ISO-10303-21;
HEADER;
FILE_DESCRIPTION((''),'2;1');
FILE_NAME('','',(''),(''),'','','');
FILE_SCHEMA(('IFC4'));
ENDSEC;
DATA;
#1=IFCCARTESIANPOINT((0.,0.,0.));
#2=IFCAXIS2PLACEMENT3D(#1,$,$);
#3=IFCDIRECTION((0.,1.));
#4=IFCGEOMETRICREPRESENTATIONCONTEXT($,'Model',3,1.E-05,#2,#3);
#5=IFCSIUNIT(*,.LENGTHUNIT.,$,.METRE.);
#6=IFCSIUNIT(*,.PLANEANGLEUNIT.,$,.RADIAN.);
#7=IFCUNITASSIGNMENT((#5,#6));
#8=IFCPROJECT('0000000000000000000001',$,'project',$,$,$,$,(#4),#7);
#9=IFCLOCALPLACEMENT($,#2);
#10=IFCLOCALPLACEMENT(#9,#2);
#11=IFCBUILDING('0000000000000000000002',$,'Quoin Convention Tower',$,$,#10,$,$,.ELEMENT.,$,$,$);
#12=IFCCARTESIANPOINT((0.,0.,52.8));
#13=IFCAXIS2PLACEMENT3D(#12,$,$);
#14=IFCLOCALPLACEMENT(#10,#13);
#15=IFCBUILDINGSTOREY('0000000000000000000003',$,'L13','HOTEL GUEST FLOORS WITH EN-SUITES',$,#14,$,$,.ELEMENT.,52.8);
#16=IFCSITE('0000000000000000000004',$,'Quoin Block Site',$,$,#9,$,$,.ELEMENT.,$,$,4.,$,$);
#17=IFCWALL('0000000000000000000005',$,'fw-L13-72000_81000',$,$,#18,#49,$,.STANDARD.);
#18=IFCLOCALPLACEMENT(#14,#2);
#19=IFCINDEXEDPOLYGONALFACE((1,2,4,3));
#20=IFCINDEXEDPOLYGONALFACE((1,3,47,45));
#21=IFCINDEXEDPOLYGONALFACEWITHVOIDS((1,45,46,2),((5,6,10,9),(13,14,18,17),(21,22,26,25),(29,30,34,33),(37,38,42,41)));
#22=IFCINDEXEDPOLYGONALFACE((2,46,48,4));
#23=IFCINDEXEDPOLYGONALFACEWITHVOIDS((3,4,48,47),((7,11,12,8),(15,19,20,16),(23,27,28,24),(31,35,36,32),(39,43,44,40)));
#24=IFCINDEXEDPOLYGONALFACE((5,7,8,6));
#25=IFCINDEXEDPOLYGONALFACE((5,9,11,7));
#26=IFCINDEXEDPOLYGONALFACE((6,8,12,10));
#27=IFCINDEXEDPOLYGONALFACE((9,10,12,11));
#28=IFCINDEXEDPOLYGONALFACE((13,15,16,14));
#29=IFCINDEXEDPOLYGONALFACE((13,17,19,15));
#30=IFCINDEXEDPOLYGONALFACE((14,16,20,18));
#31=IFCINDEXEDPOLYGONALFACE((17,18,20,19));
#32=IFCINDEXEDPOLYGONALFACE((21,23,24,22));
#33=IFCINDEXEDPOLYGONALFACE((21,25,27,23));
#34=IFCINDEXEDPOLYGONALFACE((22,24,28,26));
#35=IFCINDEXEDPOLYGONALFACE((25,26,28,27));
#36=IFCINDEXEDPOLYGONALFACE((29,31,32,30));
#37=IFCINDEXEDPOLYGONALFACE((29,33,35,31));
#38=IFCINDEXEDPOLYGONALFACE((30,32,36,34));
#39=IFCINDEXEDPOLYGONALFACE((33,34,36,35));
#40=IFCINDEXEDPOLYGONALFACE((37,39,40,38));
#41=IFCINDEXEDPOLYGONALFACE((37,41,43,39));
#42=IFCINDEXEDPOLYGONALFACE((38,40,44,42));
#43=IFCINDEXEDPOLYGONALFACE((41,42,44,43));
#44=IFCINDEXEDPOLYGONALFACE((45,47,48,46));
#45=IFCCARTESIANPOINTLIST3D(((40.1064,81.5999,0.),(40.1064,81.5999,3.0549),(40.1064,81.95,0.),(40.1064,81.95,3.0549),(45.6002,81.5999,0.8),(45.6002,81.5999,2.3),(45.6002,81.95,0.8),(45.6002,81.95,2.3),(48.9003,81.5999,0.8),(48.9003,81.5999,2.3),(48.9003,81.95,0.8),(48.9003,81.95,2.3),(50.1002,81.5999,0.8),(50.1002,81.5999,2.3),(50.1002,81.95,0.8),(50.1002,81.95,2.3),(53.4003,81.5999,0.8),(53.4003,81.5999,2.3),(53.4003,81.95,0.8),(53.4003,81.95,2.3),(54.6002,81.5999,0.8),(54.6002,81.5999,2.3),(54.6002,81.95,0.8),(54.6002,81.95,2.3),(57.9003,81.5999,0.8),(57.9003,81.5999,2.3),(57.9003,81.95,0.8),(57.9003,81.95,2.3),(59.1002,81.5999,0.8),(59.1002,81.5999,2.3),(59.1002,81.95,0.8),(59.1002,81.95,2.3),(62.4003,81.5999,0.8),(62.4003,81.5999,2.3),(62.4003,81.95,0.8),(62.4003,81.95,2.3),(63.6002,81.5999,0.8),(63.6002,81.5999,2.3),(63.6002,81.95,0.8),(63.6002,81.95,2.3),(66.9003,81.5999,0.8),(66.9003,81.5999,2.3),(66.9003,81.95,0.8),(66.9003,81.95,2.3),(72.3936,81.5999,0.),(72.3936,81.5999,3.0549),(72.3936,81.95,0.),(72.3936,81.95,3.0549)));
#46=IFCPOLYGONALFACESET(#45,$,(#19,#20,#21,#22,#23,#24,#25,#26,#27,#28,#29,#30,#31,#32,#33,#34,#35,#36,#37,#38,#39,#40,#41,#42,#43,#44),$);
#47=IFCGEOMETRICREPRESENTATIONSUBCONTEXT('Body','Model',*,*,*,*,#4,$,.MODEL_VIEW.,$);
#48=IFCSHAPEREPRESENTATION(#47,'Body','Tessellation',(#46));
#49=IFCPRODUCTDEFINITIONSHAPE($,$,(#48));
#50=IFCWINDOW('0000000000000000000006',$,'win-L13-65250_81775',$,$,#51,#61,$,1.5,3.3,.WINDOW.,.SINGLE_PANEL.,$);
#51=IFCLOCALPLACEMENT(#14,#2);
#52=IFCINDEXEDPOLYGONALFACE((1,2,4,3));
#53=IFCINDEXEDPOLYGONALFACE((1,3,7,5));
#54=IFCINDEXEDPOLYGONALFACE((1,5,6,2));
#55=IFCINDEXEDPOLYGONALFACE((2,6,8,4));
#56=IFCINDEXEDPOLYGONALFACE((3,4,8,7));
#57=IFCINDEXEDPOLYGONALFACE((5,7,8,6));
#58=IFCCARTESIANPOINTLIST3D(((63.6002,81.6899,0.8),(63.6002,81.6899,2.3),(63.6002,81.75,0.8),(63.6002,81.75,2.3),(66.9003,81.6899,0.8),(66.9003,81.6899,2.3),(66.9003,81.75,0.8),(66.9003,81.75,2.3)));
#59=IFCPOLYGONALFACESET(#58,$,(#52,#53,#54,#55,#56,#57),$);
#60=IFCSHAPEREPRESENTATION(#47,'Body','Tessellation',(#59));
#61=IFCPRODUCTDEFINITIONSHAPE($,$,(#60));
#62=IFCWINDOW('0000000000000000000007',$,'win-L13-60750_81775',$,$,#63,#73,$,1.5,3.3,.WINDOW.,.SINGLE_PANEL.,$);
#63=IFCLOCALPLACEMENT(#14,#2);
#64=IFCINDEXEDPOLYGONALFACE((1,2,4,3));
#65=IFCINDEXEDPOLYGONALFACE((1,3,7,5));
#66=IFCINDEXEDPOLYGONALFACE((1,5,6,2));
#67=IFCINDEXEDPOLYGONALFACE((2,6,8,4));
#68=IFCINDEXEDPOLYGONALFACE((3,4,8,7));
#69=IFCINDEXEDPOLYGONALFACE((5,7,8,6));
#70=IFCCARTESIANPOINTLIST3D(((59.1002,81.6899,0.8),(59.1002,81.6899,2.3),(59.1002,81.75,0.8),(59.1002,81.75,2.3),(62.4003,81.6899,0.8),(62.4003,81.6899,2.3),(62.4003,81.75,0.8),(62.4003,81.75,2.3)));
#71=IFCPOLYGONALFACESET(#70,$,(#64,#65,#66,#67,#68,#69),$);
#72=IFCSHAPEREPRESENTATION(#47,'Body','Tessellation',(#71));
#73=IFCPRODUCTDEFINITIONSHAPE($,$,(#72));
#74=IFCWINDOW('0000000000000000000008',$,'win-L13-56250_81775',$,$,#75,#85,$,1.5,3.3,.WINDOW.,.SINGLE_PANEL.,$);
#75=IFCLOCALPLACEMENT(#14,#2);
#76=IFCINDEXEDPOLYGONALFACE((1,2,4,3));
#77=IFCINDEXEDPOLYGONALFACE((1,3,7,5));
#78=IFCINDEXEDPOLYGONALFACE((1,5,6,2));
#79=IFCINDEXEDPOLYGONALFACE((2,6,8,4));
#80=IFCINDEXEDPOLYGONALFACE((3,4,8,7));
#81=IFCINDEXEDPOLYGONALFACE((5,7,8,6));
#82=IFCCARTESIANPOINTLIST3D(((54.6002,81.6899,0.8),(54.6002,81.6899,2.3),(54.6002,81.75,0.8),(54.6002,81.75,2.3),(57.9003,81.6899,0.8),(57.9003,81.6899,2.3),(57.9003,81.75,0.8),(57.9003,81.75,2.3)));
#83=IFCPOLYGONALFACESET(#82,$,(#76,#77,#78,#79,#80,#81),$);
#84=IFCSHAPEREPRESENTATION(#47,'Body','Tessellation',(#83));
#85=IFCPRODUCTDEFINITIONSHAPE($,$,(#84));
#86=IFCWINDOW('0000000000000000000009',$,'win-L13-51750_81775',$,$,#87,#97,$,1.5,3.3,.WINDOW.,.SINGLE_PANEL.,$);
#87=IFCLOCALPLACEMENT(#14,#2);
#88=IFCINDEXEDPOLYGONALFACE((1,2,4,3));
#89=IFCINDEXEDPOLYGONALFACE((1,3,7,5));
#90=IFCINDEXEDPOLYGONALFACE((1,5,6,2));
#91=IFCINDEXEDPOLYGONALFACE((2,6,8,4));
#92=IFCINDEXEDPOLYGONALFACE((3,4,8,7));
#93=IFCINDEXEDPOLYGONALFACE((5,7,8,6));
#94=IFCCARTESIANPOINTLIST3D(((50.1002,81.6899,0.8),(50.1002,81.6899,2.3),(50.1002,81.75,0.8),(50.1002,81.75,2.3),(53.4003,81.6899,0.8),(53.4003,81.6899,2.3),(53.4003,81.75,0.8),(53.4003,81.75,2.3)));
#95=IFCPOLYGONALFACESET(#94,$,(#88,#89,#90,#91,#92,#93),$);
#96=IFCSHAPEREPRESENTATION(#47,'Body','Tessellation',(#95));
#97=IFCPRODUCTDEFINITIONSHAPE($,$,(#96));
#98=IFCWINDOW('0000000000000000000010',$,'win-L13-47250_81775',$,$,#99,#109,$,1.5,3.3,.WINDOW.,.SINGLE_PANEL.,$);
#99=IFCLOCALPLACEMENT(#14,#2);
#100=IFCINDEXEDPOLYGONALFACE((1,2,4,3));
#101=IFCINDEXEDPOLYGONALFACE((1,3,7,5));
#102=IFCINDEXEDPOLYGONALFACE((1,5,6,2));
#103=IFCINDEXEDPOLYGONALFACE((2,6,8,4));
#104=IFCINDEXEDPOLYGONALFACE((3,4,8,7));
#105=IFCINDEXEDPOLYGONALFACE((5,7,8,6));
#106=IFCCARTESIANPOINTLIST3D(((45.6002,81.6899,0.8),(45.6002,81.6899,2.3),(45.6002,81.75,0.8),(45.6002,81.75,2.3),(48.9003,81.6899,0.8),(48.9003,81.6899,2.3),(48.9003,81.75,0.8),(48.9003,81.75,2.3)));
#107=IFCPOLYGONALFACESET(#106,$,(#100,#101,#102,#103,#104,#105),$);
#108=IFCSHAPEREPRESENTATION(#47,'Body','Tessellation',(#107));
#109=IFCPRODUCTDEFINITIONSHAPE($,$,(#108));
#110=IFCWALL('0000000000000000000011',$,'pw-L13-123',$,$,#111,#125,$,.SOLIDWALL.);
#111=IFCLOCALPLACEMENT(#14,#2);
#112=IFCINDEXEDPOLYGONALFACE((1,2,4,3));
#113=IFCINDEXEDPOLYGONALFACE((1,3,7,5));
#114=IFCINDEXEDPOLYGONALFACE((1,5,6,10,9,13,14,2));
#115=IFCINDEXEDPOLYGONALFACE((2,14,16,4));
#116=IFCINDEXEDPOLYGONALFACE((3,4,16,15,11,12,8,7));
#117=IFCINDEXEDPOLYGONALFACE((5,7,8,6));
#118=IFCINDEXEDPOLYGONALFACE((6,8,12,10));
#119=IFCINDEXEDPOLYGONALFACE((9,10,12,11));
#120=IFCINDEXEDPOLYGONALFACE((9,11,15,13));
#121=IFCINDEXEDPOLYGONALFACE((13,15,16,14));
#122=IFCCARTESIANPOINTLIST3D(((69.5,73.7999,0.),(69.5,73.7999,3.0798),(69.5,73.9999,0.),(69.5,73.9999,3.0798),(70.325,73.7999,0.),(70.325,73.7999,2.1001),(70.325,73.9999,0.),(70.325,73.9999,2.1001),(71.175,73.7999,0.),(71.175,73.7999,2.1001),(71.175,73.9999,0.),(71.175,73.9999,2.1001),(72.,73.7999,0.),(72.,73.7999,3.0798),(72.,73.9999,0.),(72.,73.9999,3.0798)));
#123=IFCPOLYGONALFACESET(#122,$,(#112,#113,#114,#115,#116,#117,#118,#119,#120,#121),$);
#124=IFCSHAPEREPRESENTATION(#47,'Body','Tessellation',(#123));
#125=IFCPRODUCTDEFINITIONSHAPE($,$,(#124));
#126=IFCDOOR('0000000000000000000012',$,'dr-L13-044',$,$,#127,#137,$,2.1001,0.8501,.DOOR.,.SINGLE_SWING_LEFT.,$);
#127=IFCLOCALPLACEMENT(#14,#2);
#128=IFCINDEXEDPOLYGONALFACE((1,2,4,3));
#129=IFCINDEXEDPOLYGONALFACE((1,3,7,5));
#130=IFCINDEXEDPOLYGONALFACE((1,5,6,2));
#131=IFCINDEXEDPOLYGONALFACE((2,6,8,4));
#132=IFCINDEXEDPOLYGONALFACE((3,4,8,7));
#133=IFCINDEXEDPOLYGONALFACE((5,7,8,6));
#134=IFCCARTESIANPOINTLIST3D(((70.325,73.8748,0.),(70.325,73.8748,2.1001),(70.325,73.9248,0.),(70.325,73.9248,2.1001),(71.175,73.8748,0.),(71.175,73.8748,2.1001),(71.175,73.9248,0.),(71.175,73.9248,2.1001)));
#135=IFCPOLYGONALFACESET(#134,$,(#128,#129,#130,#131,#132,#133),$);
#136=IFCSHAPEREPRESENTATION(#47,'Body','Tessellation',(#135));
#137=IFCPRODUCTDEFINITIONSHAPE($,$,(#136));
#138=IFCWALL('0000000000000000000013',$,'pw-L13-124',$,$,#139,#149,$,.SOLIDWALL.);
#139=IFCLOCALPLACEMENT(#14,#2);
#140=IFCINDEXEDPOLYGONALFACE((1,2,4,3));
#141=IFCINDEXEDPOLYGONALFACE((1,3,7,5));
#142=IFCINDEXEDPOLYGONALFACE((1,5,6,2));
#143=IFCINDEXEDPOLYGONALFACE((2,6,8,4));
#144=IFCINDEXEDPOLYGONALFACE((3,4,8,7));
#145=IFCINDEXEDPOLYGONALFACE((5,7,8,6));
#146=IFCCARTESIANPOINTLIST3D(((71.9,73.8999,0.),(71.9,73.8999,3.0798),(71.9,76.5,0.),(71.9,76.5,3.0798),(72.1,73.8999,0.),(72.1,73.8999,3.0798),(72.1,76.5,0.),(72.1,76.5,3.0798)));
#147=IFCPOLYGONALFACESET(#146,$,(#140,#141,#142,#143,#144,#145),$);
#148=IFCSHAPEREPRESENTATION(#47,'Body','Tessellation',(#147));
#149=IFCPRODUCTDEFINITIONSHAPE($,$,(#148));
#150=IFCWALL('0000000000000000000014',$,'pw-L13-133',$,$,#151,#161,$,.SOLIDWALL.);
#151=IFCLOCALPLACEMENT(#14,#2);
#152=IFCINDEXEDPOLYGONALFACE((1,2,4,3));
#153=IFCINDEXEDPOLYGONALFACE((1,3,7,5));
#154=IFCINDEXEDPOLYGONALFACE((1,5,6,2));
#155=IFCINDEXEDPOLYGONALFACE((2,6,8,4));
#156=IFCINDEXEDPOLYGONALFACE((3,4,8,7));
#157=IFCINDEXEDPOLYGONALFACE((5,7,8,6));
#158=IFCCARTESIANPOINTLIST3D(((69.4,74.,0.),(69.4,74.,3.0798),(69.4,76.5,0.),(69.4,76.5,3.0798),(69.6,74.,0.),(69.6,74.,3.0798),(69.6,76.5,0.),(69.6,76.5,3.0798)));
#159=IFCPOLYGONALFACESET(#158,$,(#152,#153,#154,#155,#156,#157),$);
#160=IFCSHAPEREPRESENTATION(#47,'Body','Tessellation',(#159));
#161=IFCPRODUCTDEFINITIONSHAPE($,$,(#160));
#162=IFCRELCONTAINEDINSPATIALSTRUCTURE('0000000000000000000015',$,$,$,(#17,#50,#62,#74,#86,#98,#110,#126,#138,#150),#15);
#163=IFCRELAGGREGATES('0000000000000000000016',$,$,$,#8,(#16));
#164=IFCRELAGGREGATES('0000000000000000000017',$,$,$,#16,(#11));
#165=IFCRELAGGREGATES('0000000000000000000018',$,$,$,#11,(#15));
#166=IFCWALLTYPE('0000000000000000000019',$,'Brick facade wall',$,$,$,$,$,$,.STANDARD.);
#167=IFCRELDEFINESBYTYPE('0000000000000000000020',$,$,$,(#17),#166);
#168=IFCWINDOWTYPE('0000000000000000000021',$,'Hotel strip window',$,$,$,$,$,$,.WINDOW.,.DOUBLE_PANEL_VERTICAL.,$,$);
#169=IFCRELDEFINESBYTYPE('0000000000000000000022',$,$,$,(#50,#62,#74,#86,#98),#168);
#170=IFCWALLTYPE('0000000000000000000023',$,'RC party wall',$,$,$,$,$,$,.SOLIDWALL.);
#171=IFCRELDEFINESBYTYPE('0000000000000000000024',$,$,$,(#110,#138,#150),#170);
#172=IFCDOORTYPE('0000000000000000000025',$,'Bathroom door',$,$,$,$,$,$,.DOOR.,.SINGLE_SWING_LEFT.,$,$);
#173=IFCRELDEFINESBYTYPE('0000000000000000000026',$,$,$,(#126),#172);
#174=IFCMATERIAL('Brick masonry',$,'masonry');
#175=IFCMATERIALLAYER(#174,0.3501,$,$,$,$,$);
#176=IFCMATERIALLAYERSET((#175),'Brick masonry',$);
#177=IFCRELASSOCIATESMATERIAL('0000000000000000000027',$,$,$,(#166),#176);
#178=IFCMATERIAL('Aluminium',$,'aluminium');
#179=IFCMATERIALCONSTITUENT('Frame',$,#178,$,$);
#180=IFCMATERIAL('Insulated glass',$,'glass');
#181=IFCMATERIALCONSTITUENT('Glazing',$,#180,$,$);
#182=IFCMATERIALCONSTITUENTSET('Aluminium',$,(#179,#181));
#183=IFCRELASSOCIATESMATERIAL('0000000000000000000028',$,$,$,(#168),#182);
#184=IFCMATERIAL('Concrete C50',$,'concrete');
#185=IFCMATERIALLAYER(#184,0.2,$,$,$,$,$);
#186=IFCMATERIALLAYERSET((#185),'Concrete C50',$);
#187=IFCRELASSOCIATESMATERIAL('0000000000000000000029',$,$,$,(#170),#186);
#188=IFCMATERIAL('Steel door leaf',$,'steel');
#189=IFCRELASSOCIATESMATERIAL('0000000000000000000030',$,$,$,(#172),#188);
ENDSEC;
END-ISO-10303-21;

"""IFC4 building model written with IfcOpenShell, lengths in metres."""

from ifc_helpers import new_model, si_unit, direction, frame, frame_2d, origin, place, context, subcontext, project, spatial, rectangle, extrude, material, layer, layer_set, constituent, constituent_set, type_object, element, fill, save


model = new_model("IFC4")

# Units and contexts
model_context = context("Model", 3, precision=1e-05, world=origin(), true_north=direction((0.0, 1.0)))
body_context = subcontext(model_context, "Body", "Model", "MODEL_VIEW")
ifc_project = project(units=[si_unit("LENGTHUNIT", "METRE"), si_unit("PLANEANGLEUNIT", "RADIAN")], contexts=[model_context])

# Site, building, storey
site_placement = place(None, origin())
site = spatial("IfcSite", under=ifc_project, at=site_placement, Name="Quoin Block Site", CompositionType="ELEMENT", RefElevation=4.0)
building_placement = place(site_placement, origin())
building = spatial("IfcBuilding", under=site, at=building_placement, Name="Quoin Convention Tower", CompositionType="ELEMENT")
storey_placement = place(building_placement, frame((0.0, 0.0, 52.8)))
storey = spatial("IfcBuildingStorey", under=building, at=storey_placement, Name="L13", Description="HOTEL GUEST FLOORS WITH EN-SUITES", CompositionType="ELEMENT", Elevation=52.8)

# Shared definitions
ifc_material_1 = material(Name="Brick masonry", Category="masonry")
ifc_layer_1 = layer(ifc_material_1, 0.3501)
ifc_layer_set_1 = layer_set([ifc_layer_1], Name="Brick masonry")
wall_type_1 = type_object("IfcWallType", Name="Brick facade wall", PredefinedType="STANDARD", material=ifc_layer_set_1)
ifc_material_2 = material(Name="Aluminium", Category="aluminium")
ifc_constituent_1 = constituent(ifc_material_2, Name="Frame")
ifc_material_3 = material(Name="Insulated glass", Category="glass")
ifc_constituent_2 = constituent(ifc_material_3, Name="Glazing")
ifc_constituent_set = constituent_set(constituents=[ifc_constituent_1, ifc_constituent_2], Name="Aluminium")
window_type = type_object("IfcWindowType", Name="Hotel strip window", PartitioningType="DOUBLE_PANEL_VERTICAL", PredefinedType="WINDOW", material=ifc_constituent_set)

# Wall, openings, windows
wall_1_placement = place(storey_placement, frame((72.3936, 81.7749, 0.0), z_axis=(0.0, 0.0, 1.0), x_axis=(-1.0, 0.0, 0.0)))
wall_1 = element("IfcWall", 1, at=wall_1_placement, inside=storey, type_object=wall_type_1, Name="fw-L13-72000_81000", PredefinedType="STANDARD", context=body_context, shape_type="SweptSolid", body=[
    extrude(rectangle(XDim=32.2871, YDim=0.3501, at=frame_2d((16.1436, 0.0))), origin(), (0.0, 0.0, 1.0), 3.0549),
])
opening_1_placement = place(wall_1_placement, frame((5.4934, 0.0, 0.8)))
opening_1 = element("IfcOpeningElement", 2, at=opening_1_placement, cuts=wall_1, PredefinedType="OPENING", context=body_context, shape_type="SweptSolid", body=[
    extrude(rectangle(XDim=3.3, YDim=1.5, at=frame_2d((1.6499, 0.75))), frame((0.0, 0.1851, 0.0), z_axis=(0.0, -1.0, 0.0), x_axis=(1.0, 0.0, 0.0)), (0.0, 0.0, 1.0), 0.3701),
])
opening_2_placement = place(wall_1_placement, frame((9.9934, 0.0, 0.8)))
opening_2 = element("IfcOpeningElement", 3, at=opening_2_placement, cuts=wall_1, PredefinedType="OPENING", context=body_context, shape_type="SweptSolid", body=[
    extrude(rectangle(XDim=3.3, YDim=1.5, at=frame_2d((1.6499, 0.75))), frame((0.0, 0.1851, 0.0), z_axis=(0.0, -1.0, 0.0), x_axis=(1.0, 0.0, 0.0)), (0.0, 0.0, 1.0), 0.3701),
])
opening_3_placement = place(wall_1_placement, frame((14.4934, 0.0, 0.8)))
opening_3 = element("IfcOpeningElement", 4, at=opening_3_placement, cuts=wall_1, PredefinedType="OPENING", context=body_context, shape_type="SweptSolid", body=[
    extrude(rectangle(XDim=3.3, YDim=1.5, at=frame_2d((1.6499, 0.75))), frame((0.0, 0.1851, 0.0), z_axis=(0.0, -1.0, 0.0), x_axis=(1.0, 0.0, 0.0)), (0.0, 0.0, 1.0), 0.3701),
])
opening_4_placement = place(wall_1_placement, frame((18.9934, 0.0, 0.8)))
opening_4 = element("IfcOpeningElement", 5, at=opening_4_placement, cuts=wall_1, PredefinedType="OPENING", context=body_context, shape_type="SweptSolid", body=[
    extrude(rectangle(XDim=3.3, YDim=1.5, at=frame_2d((1.6499, 0.75))), frame((0.0, 0.1851, 0.0), z_axis=(0.0, -1.0, 0.0), x_axis=(1.0, 0.0, 0.0)), (0.0, 0.0, 1.0), 0.3701),
])
opening_5_placement = place(wall_1_placement, frame((23.4934, 0.0, 0.8)))
opening_5 = element("IfcOpeningElement", 6, at=opening_5_placement, cuts=wall_1, PredefinedType="OPENING", context=body_context, shape_type="SweptSolid", body=[
    extrude(rectangle(XDim=3.3, YDim=1.5, at=frame_2d((1.6499, 0.75))), frame((0.0, 0.1851, 0.0), z_axis=(0.0, -1.0, 0.0), x_axis=(1.0, 0.0, 0.0)), (0.0, 0.0, 1.0), 0.3701),
])
window_1_placement = place(opening_1_placement, origin())
window_1 = element("IfcWindow", 7, at=window_1_placement, inside=storey, type_object=window_type, Name="win-L13-65250_81775", OverallHeight=1.5, OverallWidth=3.3, PartitioningType="SINGLE_PANEL", PredefinedType="WINDOW", context=body_context, shape_type="SweptSolid", body=[
    extrude(rectangle(XDim=3.3, YDim=1.5, at=frame_2d((1.6499, 0.75))), frame((0.0, 0.085, 0.0), z_axis=(0.0, -1.0, 0.0), x_axis=(1.0, 0.0, 0.0)), (0.0, 0.0, 1.0), 0.0601),
])
fill(opening_1, window_1)
window_2_placement = place(opening_2_placement, origin())
window_2 = element("IfcWindow", 8, at=window_2_placement, inside=storey, type_object=window_type, Name="win-L13-60750_81775", OverallHeight=1.5, OverallWidth=3.3, PartitioningType="SINGLE_PANEL", PredefinedType="WINDOW", context=body_context, shape_type="SweptSolid", body=[
    extrude(rectangle(XDim=3.3, YDim=1.5, at=frame_2d((1.6499, 0.75))), frame((0.0, 0.085, 0.0), z_axis=(0.0, -1.0, 0.0), x_axis=(1.0, 0.0, 0.0)), (0.0, 0.0, 1.0), 0.0601),
])
fill(opening_2, window_2)
window_3_placement = place(opening_3_placement, origin())
window_3 = element("IfcWindow", 9, at=window_3_placement, inside=storey, type_object=window_type, Name="win-L13-56250_81775", OverallHeight=1.5, OverallWidth=3.3, PartitioningType="SINGLE_PANEL", PredefinedType="WINDOW", context=body_context, shape_type="SweptSolid", body=[
    extrude(rectangle(XDim=3.3, YDim=1.5, at=frame_2d((1.6499, 0.75))), frame((0.0, 0.085, 0.0), z_axis=(0.0, -1.0, 0.0), x_axis=(1.0, 0.0, 0.0)), (0.0, 0.0, 1.0), 0.0601),
])
fill(opening_3, window_3)
window_4_placement = place(opening_4_placement, origin())
window_4 = element("IfcWindow", 10, at=window_4_placement, inside=storey, type_object=window_type, Name="win-L13-51750_81775", OverallHeight=1.5, OverallWidth=3.3, PartitioningType="SINGLE_PANEL", PredefinedType="WINDOW", context=body_context, shape_type="SweptSolid", body=[
    extrude(rectangle(XDim=3.3, YDim=1.5, at=frame_2d((1.6499, 0.75))), frame((0.0, 0.085, 0.0), z_axis=(0.0, -1.0, 0.0), x_axis=(1.0, 0.0, 0.0)), (0.0, 0.0, 1.0), 0.0601),
])
fill(opening_4, window_4)
window_5_placement = place(opening_5_placement, origin())
window_5 = element("IfcWindow", 11, at=window_5_placement, inside=storey, type_object=window_type, Name="win-L13-47250_81775", OverallHeight=1.5, OverallWidth=3.3, PartitioningType="SINGLE_PANEL", PredefinedType="WINDOW", context=body_context, shape_type="SweptSolid", body=[
    extrude(rectangle(XDim=3.3, YDim=1.5, at=frame_2d((1.6499, 0.75))), frame((0.0, 0.085, 0.0), z_axis=(0.0, -1.0, 0.0), x_axis=(1.0, 0.0, 0.0)), (0.0, 0.0, 1.0), 0.0601),
])
fill(opening_5, window_5)

# Wall, opening, door
ifc_material_4 = material(Name="Concrete C50", Category="concrete")
ifc_layer_2 = layer(ifc_material_4, 0.2)
ifc_layer_set_2 = layer_set([ifc_layer_2], Name="Concrete C50")
wall_type_2 = type_object("IfcWallType", Name="RC party wall", PredefinedType="SOLIDWALL", material=ifc_layer_set_2)
wall_2_placement = place(storey_placement, frame((69.5, 73.8999, 0.0), z_axis=(0.0, 0.0, 1.0), x_axis=(1.0, 0.0, 0.0)))
wall_2 = element("IfcWall", 12, at=wall_2_placement, inside=storey, type_object=wall_type_2, Name="pw-L13-123", PredefinedType="SOLIDWALL", context=body_context, shape_type="SweptSolid", body=[
    extrude(rectangle(XDim=2.5, YDim=0.2, at=frame_2d((1.25, 0.0))), origin(), (0.0, 0.0, 1.0), 3.0798),
])
opening_6_placement = place(wall_2_placement, frame((0.825, 0.0, 0.0)))
opening_6 = element("IfcOpeningElement", 13, at=opening_6_placement, cuts=wall_2, PredefinedType="OPENING", context=body_context, shape_type="SweptSolid", body=[
    extrude(rectangle(XDim=0.8501, YDim=2.1001, at=frame_2d((0.425, 1.05))), frame((0.0, 0.1099, 0.0), z_axis=(0.0, -1.0, 0.0), x_axis=(1.0, 0.0, 0.0)), (0.0, 0.0, 1.0), 0.22),
])
ifc_material_5 = material(Name="Steel door leaf", Category="steel")
door_type = type_object("IfcDoorType", Name="Bathroom door", OperationType="SINGLE_SWING_LEFT", PredefinedType="DOOR", material=ifc_material_5)
door_1_placement = place(opening_6_placement, origin())
door_1 = element("IfcDoor", 14, at=door_1_placement, inside=storey, type_object=door_type, Name="dr-L13-044", OperationType="SINGLE_SWING_LEFT", OverallHeight=2.1001, OverallWidth=0.8501, PredefinedType="DOOR", context=body_context, shape_type="SweptSolid", body=[
    extrude(rectangle(XDim=0.8501, YDim=2.1001, at=frame_2d((0.425, 1.05))), frame((0.0, 0.0249, 0.0), z_axis=(0.0, -1.0, 0.0), x_axis=(1.0, 0.0, 0.0)), (0.0, 0.0, 1.0), 0.05),
])
fill(opening_6, door_1)

# Walls
wall_3_placement = place(storey_placement, frame((72.0, 73.8999, 0.0), z_axis=(0.0, 0.0, 1.0), x_axis=(0.0, 1.0, 0.0)))
element("IfcWall", 15, at=wall_3_placement, inside=storey, type_object=wall_type_2, Name="pw-L13-124", PredefinedType="SOLIDWALL", context=body_context, shape_type="SweptSolid", body=[
    extrude(rectangle(XDim=2.6001, YDim=0.2, at=frame_2d((1.3, 0.0))), origin(), (0.0, 0.0, 1.0), 3.0798),
])
wall_4_placement = place(storey_placement, frame((69.5, 74.0, 0.0), z_axis=(0.0, 0.0, 1.0), x_axis=(0.0, 1.0, 0.0)))
element("IfcWall", 16, at=wall_4_placement, inside=storey, type_object=wall_type_2, Name="pw-L13-133", PredefinedType="SOLIDWALL", context=body_context, shape_type="SweptSolid", body=[
    extrude(rectangle(XDim=2.5, YDim=0.2, at=frame_2d((1.25, 0.0))), origin(), (0.0, 0.0, 1.0), 3.0798),
])

save(model, "model.ifc")
